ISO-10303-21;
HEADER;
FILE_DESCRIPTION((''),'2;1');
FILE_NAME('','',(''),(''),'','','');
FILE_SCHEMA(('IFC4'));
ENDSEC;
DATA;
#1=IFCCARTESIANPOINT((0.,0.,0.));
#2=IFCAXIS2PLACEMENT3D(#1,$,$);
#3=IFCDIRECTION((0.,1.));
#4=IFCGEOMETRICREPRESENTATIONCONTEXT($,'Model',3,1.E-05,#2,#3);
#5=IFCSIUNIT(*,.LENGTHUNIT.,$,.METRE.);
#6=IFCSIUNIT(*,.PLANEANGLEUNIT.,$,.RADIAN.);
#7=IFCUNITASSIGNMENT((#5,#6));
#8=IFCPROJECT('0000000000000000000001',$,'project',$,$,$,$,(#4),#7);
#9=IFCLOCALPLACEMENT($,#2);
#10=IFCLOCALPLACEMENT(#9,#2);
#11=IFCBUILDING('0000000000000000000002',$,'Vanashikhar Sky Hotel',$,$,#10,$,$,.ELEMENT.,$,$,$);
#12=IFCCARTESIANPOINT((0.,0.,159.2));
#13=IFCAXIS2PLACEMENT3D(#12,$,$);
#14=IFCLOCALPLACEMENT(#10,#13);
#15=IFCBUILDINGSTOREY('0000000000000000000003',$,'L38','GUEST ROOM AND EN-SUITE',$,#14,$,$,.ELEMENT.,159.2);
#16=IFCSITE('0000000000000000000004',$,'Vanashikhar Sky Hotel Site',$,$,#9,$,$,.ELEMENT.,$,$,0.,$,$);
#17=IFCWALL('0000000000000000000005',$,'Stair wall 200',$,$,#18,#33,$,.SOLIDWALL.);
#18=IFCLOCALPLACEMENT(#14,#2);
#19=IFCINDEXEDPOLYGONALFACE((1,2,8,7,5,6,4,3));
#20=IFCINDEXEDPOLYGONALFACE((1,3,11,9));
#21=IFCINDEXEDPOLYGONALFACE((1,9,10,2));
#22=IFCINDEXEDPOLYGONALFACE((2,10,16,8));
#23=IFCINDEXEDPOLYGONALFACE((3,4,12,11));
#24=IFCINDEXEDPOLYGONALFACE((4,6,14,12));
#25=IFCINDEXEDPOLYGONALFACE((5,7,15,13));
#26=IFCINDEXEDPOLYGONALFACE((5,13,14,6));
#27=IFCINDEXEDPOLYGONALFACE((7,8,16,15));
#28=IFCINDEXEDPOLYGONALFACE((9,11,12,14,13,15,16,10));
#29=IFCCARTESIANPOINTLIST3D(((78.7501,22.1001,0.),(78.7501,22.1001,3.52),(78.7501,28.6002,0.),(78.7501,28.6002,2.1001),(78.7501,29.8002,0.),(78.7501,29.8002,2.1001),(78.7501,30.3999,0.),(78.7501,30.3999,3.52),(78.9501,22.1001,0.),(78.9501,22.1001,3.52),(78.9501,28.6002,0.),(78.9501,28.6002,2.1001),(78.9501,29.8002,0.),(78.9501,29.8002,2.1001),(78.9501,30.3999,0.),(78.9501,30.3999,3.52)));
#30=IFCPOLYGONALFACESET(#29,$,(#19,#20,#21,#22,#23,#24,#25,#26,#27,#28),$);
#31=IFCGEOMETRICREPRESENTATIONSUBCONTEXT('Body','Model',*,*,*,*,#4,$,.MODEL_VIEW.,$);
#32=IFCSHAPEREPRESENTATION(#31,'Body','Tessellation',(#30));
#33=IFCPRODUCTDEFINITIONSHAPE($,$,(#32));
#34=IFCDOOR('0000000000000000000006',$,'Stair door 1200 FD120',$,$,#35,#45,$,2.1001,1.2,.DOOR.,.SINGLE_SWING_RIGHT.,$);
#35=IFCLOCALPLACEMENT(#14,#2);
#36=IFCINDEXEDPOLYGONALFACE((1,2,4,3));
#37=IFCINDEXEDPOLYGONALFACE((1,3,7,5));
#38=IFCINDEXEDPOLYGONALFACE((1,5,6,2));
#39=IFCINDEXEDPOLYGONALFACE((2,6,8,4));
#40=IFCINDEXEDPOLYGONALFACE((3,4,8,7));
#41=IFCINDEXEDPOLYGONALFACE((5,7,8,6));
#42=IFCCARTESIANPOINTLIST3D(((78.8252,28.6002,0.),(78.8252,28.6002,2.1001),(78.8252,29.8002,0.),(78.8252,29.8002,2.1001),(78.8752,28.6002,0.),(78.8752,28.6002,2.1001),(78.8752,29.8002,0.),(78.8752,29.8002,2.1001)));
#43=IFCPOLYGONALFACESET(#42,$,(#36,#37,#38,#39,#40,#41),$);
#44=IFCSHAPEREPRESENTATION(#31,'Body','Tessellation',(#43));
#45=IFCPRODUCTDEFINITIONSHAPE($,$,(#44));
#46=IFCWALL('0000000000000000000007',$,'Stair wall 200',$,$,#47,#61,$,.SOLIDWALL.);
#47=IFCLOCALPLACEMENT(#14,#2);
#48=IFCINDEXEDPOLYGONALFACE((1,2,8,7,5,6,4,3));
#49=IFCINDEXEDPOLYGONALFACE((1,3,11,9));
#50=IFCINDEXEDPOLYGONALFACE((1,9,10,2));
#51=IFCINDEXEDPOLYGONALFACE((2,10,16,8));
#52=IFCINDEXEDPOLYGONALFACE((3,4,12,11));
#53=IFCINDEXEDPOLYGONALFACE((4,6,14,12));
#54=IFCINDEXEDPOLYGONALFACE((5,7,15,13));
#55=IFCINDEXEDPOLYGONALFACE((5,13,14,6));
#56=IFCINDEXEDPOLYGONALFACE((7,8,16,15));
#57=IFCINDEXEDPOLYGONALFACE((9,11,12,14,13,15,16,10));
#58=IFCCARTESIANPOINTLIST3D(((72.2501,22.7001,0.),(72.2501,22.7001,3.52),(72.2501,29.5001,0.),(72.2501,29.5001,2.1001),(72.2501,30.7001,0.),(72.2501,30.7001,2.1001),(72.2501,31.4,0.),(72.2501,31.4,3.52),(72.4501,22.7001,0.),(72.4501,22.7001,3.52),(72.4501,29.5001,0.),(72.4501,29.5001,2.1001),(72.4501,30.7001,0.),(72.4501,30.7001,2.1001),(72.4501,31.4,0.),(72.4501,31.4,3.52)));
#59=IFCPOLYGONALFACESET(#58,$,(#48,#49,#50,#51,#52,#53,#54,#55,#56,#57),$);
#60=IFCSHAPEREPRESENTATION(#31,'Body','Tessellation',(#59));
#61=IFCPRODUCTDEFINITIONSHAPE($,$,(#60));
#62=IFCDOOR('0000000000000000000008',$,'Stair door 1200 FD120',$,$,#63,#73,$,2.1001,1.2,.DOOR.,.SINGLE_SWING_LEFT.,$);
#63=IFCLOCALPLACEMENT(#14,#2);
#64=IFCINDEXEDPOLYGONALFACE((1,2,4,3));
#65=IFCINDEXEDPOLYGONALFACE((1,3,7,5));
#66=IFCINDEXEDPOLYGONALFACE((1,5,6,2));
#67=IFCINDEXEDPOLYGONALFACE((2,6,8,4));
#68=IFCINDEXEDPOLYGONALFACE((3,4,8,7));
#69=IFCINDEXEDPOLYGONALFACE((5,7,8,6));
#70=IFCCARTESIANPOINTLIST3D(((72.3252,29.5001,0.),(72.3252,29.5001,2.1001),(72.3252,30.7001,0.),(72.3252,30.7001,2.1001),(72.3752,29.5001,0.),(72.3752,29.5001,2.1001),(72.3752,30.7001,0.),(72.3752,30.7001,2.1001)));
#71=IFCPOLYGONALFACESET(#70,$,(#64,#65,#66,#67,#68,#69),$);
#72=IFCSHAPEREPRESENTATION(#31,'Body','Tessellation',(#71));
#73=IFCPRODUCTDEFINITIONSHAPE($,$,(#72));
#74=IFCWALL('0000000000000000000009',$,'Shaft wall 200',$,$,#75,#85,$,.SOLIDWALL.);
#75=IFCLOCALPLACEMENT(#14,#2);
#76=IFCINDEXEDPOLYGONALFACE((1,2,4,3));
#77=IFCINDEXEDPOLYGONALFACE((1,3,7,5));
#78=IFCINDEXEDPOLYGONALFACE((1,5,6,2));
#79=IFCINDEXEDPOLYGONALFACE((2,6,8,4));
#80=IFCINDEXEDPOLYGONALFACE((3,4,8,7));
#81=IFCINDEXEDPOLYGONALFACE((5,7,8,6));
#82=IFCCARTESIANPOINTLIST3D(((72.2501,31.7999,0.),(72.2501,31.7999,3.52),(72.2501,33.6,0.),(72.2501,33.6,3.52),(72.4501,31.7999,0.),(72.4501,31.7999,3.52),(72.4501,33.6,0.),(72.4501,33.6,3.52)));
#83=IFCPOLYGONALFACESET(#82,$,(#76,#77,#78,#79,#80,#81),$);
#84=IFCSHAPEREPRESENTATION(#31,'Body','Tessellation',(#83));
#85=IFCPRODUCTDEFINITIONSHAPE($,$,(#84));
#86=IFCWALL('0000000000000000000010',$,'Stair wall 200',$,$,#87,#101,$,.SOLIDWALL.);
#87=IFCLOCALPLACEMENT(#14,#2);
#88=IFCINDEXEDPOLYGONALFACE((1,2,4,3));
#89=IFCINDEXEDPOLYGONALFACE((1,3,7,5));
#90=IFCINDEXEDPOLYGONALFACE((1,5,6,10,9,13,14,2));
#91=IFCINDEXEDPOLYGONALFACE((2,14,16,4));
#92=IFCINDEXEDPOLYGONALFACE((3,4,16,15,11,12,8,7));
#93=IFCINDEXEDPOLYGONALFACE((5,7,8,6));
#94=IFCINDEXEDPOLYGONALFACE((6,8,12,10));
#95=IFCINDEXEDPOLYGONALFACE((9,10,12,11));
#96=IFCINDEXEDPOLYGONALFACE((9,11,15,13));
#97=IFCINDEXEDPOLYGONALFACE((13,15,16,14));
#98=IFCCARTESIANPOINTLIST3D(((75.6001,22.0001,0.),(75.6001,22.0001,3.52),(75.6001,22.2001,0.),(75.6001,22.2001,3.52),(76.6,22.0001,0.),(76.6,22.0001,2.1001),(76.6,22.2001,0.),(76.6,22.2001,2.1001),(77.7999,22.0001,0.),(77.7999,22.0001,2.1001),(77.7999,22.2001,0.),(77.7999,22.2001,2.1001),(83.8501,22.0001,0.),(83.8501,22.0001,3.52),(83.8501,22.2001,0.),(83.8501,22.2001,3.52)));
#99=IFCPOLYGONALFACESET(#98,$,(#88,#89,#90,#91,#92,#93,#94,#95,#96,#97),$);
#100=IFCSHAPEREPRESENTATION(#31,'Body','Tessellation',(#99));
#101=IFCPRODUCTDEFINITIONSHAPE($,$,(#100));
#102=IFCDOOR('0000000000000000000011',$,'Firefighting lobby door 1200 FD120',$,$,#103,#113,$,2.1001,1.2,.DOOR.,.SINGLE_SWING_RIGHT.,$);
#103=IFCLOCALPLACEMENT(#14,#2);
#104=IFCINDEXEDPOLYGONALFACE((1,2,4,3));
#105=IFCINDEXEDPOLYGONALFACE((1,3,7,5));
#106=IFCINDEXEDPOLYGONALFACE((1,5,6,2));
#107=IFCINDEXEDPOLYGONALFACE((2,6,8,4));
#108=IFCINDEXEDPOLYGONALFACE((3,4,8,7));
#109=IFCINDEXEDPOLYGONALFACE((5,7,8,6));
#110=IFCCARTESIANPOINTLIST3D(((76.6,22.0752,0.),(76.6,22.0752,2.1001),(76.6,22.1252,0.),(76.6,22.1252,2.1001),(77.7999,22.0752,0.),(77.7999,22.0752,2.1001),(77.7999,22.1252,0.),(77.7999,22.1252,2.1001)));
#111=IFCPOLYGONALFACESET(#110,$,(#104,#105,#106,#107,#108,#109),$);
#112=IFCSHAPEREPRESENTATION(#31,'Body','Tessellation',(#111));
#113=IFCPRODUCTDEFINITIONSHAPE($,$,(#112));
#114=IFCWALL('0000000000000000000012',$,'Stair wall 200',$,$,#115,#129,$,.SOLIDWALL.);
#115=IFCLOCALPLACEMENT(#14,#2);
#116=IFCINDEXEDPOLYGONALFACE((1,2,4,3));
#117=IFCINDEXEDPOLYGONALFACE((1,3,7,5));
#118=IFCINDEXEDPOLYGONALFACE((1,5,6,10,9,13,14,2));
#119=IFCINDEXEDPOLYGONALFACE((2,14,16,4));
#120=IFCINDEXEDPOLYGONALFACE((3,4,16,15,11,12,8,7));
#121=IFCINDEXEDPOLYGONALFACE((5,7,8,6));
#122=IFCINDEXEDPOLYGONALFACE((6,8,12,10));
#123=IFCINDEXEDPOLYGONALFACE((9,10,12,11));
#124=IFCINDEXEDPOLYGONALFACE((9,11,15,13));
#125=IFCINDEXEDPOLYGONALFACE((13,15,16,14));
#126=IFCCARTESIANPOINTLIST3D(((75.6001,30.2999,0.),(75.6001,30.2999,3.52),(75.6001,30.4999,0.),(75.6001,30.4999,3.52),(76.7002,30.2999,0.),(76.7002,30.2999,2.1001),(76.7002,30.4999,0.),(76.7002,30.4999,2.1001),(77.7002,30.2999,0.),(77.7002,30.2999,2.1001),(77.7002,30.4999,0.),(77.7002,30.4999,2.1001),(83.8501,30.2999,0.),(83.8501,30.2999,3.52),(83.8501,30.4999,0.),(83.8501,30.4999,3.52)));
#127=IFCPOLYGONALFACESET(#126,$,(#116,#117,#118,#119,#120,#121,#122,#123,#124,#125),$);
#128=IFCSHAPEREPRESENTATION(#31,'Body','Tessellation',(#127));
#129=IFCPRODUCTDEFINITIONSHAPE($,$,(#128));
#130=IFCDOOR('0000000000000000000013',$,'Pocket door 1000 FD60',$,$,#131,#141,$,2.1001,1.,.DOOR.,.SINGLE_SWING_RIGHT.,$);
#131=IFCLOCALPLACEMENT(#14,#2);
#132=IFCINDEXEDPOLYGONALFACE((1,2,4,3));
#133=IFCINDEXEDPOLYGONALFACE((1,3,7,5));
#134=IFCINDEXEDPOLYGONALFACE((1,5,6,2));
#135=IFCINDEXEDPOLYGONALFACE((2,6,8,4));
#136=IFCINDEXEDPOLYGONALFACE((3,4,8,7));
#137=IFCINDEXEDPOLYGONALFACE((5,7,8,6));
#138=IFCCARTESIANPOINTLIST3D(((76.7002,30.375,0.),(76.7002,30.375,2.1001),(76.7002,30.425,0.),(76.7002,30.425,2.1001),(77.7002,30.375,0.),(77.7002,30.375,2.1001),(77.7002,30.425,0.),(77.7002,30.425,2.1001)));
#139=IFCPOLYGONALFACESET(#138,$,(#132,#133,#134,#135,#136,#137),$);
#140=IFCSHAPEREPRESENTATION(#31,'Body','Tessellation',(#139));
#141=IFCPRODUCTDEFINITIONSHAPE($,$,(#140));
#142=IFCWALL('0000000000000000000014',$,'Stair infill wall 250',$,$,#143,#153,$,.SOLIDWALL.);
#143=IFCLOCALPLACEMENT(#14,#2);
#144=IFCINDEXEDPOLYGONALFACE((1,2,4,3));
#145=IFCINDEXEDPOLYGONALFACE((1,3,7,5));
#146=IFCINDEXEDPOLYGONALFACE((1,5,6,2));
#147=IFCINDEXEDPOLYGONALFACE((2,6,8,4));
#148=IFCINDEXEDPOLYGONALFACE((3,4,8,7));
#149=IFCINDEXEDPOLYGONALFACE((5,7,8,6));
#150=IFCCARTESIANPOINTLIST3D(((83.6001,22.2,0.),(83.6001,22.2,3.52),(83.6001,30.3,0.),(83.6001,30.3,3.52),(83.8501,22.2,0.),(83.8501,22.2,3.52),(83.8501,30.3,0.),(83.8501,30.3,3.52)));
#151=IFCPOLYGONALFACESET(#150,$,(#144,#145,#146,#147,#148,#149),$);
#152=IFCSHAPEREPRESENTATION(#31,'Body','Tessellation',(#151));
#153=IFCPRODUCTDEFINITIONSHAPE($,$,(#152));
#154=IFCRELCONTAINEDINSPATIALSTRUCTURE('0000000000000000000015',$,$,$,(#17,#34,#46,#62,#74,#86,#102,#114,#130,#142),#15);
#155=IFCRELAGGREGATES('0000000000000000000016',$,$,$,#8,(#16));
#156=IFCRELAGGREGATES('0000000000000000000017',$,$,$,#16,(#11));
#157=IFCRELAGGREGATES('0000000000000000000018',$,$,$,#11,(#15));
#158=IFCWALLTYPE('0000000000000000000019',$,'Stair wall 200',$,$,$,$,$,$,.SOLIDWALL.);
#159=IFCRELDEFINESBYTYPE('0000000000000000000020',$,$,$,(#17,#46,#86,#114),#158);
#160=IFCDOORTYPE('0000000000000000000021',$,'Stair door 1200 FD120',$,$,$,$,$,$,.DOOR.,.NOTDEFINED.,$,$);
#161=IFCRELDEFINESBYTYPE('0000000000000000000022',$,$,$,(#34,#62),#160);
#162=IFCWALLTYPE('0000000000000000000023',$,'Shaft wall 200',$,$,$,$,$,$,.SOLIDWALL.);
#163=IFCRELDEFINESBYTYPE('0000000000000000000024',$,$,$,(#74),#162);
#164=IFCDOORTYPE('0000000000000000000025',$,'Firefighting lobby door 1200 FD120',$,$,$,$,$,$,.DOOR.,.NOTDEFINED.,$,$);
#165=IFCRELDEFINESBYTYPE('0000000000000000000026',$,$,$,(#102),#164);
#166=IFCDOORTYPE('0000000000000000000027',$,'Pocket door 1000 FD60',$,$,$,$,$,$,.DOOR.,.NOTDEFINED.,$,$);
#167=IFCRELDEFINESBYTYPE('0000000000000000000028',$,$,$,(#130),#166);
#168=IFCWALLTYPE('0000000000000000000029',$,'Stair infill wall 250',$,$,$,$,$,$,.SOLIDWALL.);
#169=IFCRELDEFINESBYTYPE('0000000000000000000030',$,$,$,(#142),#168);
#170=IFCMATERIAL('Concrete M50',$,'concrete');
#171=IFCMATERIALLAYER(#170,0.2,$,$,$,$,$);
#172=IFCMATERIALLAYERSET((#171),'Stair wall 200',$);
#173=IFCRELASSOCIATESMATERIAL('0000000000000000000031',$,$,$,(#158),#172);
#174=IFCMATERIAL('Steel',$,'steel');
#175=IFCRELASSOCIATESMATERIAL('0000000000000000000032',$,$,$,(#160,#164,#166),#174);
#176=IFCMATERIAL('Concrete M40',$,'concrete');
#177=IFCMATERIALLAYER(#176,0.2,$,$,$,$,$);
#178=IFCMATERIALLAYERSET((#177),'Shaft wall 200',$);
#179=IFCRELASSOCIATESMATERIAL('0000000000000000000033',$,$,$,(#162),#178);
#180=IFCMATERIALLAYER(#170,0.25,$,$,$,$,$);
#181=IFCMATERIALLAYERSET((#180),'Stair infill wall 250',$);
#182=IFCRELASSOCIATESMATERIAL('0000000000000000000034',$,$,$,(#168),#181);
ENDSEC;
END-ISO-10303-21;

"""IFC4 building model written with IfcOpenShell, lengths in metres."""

from ifc_helpers import new_model, si_unit, direction, frame, frame_2d, origin, place, context, subcontext, project, spatial, rectangle, extrude, source, transform, mapped, material, layer, layer_set, type_object, element, fill, save


model = new_model("IFC4")

# Units and contexts
model_context = context("Model", 3, precision=1e-05, world=origin(), true_north=direction((0.0, 1.0)))
body_context = subcontext(model_context, "Body", "Model", "MODEL_VIEW")
ifc_project = project(units=[si_unit("LENGTHUNIT", "METRE"), si_unit("PLANEANGLEUNIT", "RADIAN")], contexts=[model_context])

# Site, building, storey
site_placement = place(None, origin())
site = spatial("IfcSite", under=ifc_project, at=site_placement, Name="Vanashikhar Sky Hotel Site", CompositionType="ELEMENT", RefElevation=0.0)
building_placement = place(site_placement, origin())
building = spatial("IfcBuilding", under=site, at=building_placement, Name="Vanashikhar Sky Hotel", CompositionType="ELEMENT")
storey_placement = place(building_placement, frame((0.0, 0.0, 159.2)))
storey = spatial("IfcBuildingStorey", under=building, at=storey_placement, Name="L38", Description="GUEST ROOM AND EN-SUITE", CompositionType="ELEMENT", Elevation=159.2)

# Shared definitions
ifc_material_1 = material(Name="Steel", Category="steel")
shared_shape_1 = source(origin(), body_context, "Body", "SweptSolid", [
    extrude(rectangle(XDim=1.2, YDim=2.1001, at=frame_2d((0.6001, 1.05))), frame((0.0, 0.0249, 0.0), z_axis=(0.0, -1.0, 0.0), x_axis=(1.0, 0.0, 0.0)), (0.0, 0.0, 1.0), 0.05),
])

# Walls, openings, doors
ifc_material_2 = material(Name="Concrete M50", Category="concrete")
ifc_layer_1 = layer(ifc_material_2, 0.2)
ifc_layer_set_1 = layer_set([ifc_layer_1], Name="Stair wall 200")
wall_type_1 = type_object("IfcWallType", Name="Stair wall 200", PredefinedType="SOLIDWALL", material=ifc_layer_set_1)
shared_shape_2 = source(origin(), body_context, "Body", "SweptSolid", [
    extrude(rectangle(XDim=8.2998, YDim=0.2, at=frame_2d((4.1499, 0.0))), origin(), (0.0, 0.0, 1.0), 3.52),
])
wall_1_placement = place(storey_placement, frame((78.8501, 22.1001, 0.0), z_axis=(0.0, 0.0, 1.0), x_axis=(0.0, 1.0, 0.0)))
wall_1 = element("IfcWall", 1, at=wall_1_placement, inside=storey, type_object=wall_type_1, Name="Stair wall 200", PredefinedType="SOLIDWALL", context=body_context, shape_type="MappedRepresentation", body=[
    mapped(shared_shape_2, transform((0.0, 0.0, 0.0), scale=1.0)),
])
shared_shape_3 = source(origin(), body_context, "Body", "SweptSolid", [
    extrude(rectangle(XDim=1.2, YDim=2.1001, at=frame_2d((0.6001, 1.05))), frame((0.0, 0.1099, 0.0), z_axis=(0.0, -1.0, 0.0), x_axis=(1.0, 0.0, 0.0)), (0.0, 0.0, 1.0), 0.22),
])
opening_1_placement = place(wall_1_placement, frame((6.5, 0.0, 0.0)))
opening_1 = element("IfcOpeningElement", 2, at=opening_1_placement, cuts=wall_1, PredefinedType="OPENING", context=body_context, shape_type="MappedRepresentation", body=[
    mapped(shared_shape_3, transform((0.0, 0.0, 0.0), scale=1.0)),
])
door_type_1 = type_object("IfcDoorType", Name="Stair door 1200 FD120", OperationType="NOTDEFINED", PredefinedType="DOOR", material=ifc_material_1)
door_1_placement = place(opening_1_placement, origin())
door_1 = element("IfcDoor", 3, at=door_1_placement, inside=storey, type_object=door_type_1, Name="Stair door 1200 FD120", OperationType="SINGLE_SWING_RIGHT", OverallHeight=2.1001, OverallWidth=1.2, PredefinedType="DOOR", context=body_context, shape_type="MappedRepresentation", body=[
    mapped(shared_shape_1, transform((0.0, 0.0, 0.0), scale=1.0)),
])
fill(opening_1, door_1)
shared_shape_4 = source(origin(), body_context, "Body", "SweptSolid", [
    extrude(rectangle(XDim=8.7, YDim=0.2, at=frame_2d((4.3501, 0.0))), origin(), (0.0, 0.0, 1.0), 3.52),
])
wall_2_placement = place(storey_placement, frame((72.3501, 22.7, 0.0), z_axis=(0.0, 0.0, 1.0), x_axis=(0.0, 1.0, 0.0)))
wall_2 = element("IfcWall", 4, at=wall_2_placement, inside=storey, type_object=wall_type_1, Name="Stair wall 200", PredefinedType="SOLIDWALL", context=body_context, shape_type="MappedRepresentation", body=[
    mapped(shared_shape_4, transform((0.0, 0.0, 0.0), scale=1.0)),
])
opening_2_placement = place(wall_2_placement, frame((6.8, 0.0, 0.0)))
opening_2 = element("IfcOpeningElement", 5, at=opening_2_placement, cuts=wall_2, PredefinedType="OPENING", context=body_context, shape_type="MappedRepresentation", body=[
    mapped(shared_shape_3, transform((0.0, 0.0, 0.0), scale=1.0)),
])
door_2_placement = place(opening_2_placement, origin())
door_2 = element("IfcDoor", 6, at=door_2_placement, inside=storey, type_object=door_type_1, Name="Stair door 1200 FD120", OperationType="SINGLE_SWING_LEFT", OverallHeight=2.1001, OverallWidth=1.2, PredefinedType="DOOR", context=body_context, shape_type="MappedRepresentation", body=[
    mapped(shared_shape_1, transform((0.0, 0.0, 0.0), scale=1.0)),
])
fill(opening_2, door_2)

# Wall
ifc_material_3 = material(Name="Concrete M40", Category="concrete")
ifc_layer_2 = layer(ifc_material_3, 0.2)
ifc_layer_set_2 = layer_set([ifc_layer_2], Name="Shaft wall 200")
wall_type_2 = type_object("IfcWallType", Name="Shaft wall 200", PredefinedType="SOLIDWALL", material=ifc_layer_set_2)
shared_shape_5 = source(origin(), body_context, "Body", "SweptSolid", [
    extrude(rectangle(XDim=1.8, YDim=0.2, at=frame_2d((0.8999, 0.0))), origin(), (0.0, 0.0, 1.0), 3.52),
])
wall_3_placement = place(storey_placement, frame((72.3501, 31.8, 0.0), z_axis=(0.0, 0.0, 1.0), x_axis=(0.0, 1.0, 0.0)))
element("IfcWall", 7, at=wall_3_placement, inside=storey, type_object=wall_type_2, Name="Shaft wall 200", PredefinedType="SOLIDWALL", context=body_context, shape_type="MappedRepresentation", body=[
    mapped(shared_shape_5, transform((0.0, 0.0, 0.0), scale=1.0)),
])

# Walls, openings, doors
shared_shape_6 = source(origin(), body_context, "Body", "SweptSolid", [
    extrude(rectangle(XDim=8.25, YDim=0.2, at=frame_2d((4.125, 0.0))), origin(), (0.0, 0.0, 1.0), 3.52),
])
wall_4_placement = place(storey_placement, frame((83.8501, 22.1001, 0.0), z_axis=(0.0, 0.0, 1.0), x_axis=(-1.0, 0.0, 0.0)))
wall_4 = element("IfcWall", 8, at=wall_4_placement, inside=storey, type_object=wall_type_1, Name="Stair wall 200", PredefinedType="SOLIDWALL", context=body_context, shape_type="MappedRepresentation", body=[
    mapped(shared_shape_6, transform((0.0, 0.0, 0.0), scale=1.0)),
])
opening_3_placement = place(wall_4_placement, frame((6.05, 0.0, 0.0)))
opening_3 = element("IfcOpeningElement", 9, at=opening_3_placement, cuts=wall_4, PredefinedType="OPENING", context=body_context, shape_type="MappedRepresentation", body=[
    mapped(shared_shape_3, transform((0.0, 0.0, 0.0), scale=1.0)),
])
door_type_2 = type_object("IfcDoorType", Name="Firefighting lobby door 1200 FD120", OperationType="NOTDEFINED", PredefinedType="DOOR", material=ifc_material_1)
door_3_placement = place(opening_3_placement, origin())
door_3 = element("IfcDoor", 10, at=door_3_placement, inside=storey, type_object=door_type_2, Name="Firefighting lobby door 1200 FD120", OperationType="SINGLE_SWING_RIGHT", OverallHeight=2.1001, OverallWidth=1.2, PredefinedType="DOOR", context=body_context, shape_type="MappedRepresentation", body=[
    mapped(shared_shape_1, transform((0.0, 0.0, 0.0), scale=1.0)),
])
fill(opening_3, door_3)
wall_5_placement = place(storey_placement, frame((83.8501, 30.3999, 0.0), z_axis=(0.0, 0.0, 1.0), x_axis=(-1.0, 0.0, 0.0)))
wall_5 = element("IfcWall", 11, at=wall_5_placement, inside=storey, type_object=wall_type_1, Name="Stair wall 200", PredefinedType="SOLIDWALL", context=body_context, shape_type="MappedRepresentation", body=[
    mapped(shared_shape_6, transform((0.0, 0.0, 0.0), scale=1.0)),
])
shared_shape_7 = source(origin(), body_context, "Body", "SweptSolid", [
    extrude(rectangle(XDim=1.0, YDim=2.1001, at=frame_2d((0.5, 1.05))), frame((0.0, 0.1099, 0.0), z_axis=(0.0, -1.0, 0.0), x_axis=(1.0, 0.0, 0.0)), (0.0, 0.0, 1.0), 0.22),
])
opening_4_placement = place(wall_5_placement, frame((6.1499, 0.0, 0.0)))
opening_4 = element("IfcOpeningElement", 12, at=opening_4_placement, cuts=wall_5, PredefinedType="OPENING", context=body_context, shape_type="MappedRepresentation", body=[
    mapped(shared_shape_7, transform((0.0, 0.0, 0.0), scale=1.0)),
])
door_type_3 = type_object("IfcDoorType", Name="Pocket door 1000 FD60", OperationType="NOTDEFINED", PredefinedType="DOOR", material=ifc_material_1)
shared_shape_8 = source(origin(), body_context, "Body", "SweptSolid", [
    extrude(rectangle(XDim=1.0, YDim=2.1001, at=frame_2d((0.5, 1.05))), frame((0.0, 0.0249, 0.0), z_axis=(0.0, -1.0, 0.0), x_axis=(1.0, 0.0, 0.0)), (0.0, 0.0, 1.0), 0.05),
])
door_4_placement = place(opening_4_placement, origin())
door_4 = element("IfcDoor", 13, at=door_4_placement, inside=storey, type_object=door_type_3, Name="Pocket door 1000 FD60", OperationType="SINGLE_SWING_RIGHT", OverallHeight=2.1001, OverallWidth=1.0, PredefinedType="DOOR", context=body_context, shape_type="MappedRepresentation", body=[
    mapped(shared_shape_8, transform((0.0, 0.0, 0.0), scale=1.0)),
])
fill(opening_4, door_4)

# Wall
ifc_layer_3 = layer(ifc_material_2, 0.25)
ifc_layer_set_3 = layer_set([ifc_layer_3], Name="Stair infill wall 250")
wall_type_3 = type_object("IfcWallType", Name="Stair infill wall 250", PredefinedType="SOLIDWALL", material=ifc_layer_set_3)
shared_shape_9 = source(origin(), body_context, "Body", "SweptSolid", [
    extrude(rectangle(XDim=8.1001, YDim=0.25, at=frame_2d((4.05, 0.0))), origin(), (0.0, 0.0, 1.0), 3.52),
])
wall_6_placement = place(storey_placement, frame((83.7251, 22.2, 0.0), z_axis=(0.0, 0.0, 1.0), x_axis=(0.0, 1.0, 0.0)))
element("IfcWall", 14, at=wall_6_placement, inside=storey, type_object=wall_type_3, Name="Stair infill wall 250", PredefinedType="SOLIDWALL", context=body_context, shape_type="MappedRepresentation", body=[
    mapped(shared_shape_9, transform((0.0, 0.0, 0.0), scale=1.0)),
])

save(model, "model.ifc")
